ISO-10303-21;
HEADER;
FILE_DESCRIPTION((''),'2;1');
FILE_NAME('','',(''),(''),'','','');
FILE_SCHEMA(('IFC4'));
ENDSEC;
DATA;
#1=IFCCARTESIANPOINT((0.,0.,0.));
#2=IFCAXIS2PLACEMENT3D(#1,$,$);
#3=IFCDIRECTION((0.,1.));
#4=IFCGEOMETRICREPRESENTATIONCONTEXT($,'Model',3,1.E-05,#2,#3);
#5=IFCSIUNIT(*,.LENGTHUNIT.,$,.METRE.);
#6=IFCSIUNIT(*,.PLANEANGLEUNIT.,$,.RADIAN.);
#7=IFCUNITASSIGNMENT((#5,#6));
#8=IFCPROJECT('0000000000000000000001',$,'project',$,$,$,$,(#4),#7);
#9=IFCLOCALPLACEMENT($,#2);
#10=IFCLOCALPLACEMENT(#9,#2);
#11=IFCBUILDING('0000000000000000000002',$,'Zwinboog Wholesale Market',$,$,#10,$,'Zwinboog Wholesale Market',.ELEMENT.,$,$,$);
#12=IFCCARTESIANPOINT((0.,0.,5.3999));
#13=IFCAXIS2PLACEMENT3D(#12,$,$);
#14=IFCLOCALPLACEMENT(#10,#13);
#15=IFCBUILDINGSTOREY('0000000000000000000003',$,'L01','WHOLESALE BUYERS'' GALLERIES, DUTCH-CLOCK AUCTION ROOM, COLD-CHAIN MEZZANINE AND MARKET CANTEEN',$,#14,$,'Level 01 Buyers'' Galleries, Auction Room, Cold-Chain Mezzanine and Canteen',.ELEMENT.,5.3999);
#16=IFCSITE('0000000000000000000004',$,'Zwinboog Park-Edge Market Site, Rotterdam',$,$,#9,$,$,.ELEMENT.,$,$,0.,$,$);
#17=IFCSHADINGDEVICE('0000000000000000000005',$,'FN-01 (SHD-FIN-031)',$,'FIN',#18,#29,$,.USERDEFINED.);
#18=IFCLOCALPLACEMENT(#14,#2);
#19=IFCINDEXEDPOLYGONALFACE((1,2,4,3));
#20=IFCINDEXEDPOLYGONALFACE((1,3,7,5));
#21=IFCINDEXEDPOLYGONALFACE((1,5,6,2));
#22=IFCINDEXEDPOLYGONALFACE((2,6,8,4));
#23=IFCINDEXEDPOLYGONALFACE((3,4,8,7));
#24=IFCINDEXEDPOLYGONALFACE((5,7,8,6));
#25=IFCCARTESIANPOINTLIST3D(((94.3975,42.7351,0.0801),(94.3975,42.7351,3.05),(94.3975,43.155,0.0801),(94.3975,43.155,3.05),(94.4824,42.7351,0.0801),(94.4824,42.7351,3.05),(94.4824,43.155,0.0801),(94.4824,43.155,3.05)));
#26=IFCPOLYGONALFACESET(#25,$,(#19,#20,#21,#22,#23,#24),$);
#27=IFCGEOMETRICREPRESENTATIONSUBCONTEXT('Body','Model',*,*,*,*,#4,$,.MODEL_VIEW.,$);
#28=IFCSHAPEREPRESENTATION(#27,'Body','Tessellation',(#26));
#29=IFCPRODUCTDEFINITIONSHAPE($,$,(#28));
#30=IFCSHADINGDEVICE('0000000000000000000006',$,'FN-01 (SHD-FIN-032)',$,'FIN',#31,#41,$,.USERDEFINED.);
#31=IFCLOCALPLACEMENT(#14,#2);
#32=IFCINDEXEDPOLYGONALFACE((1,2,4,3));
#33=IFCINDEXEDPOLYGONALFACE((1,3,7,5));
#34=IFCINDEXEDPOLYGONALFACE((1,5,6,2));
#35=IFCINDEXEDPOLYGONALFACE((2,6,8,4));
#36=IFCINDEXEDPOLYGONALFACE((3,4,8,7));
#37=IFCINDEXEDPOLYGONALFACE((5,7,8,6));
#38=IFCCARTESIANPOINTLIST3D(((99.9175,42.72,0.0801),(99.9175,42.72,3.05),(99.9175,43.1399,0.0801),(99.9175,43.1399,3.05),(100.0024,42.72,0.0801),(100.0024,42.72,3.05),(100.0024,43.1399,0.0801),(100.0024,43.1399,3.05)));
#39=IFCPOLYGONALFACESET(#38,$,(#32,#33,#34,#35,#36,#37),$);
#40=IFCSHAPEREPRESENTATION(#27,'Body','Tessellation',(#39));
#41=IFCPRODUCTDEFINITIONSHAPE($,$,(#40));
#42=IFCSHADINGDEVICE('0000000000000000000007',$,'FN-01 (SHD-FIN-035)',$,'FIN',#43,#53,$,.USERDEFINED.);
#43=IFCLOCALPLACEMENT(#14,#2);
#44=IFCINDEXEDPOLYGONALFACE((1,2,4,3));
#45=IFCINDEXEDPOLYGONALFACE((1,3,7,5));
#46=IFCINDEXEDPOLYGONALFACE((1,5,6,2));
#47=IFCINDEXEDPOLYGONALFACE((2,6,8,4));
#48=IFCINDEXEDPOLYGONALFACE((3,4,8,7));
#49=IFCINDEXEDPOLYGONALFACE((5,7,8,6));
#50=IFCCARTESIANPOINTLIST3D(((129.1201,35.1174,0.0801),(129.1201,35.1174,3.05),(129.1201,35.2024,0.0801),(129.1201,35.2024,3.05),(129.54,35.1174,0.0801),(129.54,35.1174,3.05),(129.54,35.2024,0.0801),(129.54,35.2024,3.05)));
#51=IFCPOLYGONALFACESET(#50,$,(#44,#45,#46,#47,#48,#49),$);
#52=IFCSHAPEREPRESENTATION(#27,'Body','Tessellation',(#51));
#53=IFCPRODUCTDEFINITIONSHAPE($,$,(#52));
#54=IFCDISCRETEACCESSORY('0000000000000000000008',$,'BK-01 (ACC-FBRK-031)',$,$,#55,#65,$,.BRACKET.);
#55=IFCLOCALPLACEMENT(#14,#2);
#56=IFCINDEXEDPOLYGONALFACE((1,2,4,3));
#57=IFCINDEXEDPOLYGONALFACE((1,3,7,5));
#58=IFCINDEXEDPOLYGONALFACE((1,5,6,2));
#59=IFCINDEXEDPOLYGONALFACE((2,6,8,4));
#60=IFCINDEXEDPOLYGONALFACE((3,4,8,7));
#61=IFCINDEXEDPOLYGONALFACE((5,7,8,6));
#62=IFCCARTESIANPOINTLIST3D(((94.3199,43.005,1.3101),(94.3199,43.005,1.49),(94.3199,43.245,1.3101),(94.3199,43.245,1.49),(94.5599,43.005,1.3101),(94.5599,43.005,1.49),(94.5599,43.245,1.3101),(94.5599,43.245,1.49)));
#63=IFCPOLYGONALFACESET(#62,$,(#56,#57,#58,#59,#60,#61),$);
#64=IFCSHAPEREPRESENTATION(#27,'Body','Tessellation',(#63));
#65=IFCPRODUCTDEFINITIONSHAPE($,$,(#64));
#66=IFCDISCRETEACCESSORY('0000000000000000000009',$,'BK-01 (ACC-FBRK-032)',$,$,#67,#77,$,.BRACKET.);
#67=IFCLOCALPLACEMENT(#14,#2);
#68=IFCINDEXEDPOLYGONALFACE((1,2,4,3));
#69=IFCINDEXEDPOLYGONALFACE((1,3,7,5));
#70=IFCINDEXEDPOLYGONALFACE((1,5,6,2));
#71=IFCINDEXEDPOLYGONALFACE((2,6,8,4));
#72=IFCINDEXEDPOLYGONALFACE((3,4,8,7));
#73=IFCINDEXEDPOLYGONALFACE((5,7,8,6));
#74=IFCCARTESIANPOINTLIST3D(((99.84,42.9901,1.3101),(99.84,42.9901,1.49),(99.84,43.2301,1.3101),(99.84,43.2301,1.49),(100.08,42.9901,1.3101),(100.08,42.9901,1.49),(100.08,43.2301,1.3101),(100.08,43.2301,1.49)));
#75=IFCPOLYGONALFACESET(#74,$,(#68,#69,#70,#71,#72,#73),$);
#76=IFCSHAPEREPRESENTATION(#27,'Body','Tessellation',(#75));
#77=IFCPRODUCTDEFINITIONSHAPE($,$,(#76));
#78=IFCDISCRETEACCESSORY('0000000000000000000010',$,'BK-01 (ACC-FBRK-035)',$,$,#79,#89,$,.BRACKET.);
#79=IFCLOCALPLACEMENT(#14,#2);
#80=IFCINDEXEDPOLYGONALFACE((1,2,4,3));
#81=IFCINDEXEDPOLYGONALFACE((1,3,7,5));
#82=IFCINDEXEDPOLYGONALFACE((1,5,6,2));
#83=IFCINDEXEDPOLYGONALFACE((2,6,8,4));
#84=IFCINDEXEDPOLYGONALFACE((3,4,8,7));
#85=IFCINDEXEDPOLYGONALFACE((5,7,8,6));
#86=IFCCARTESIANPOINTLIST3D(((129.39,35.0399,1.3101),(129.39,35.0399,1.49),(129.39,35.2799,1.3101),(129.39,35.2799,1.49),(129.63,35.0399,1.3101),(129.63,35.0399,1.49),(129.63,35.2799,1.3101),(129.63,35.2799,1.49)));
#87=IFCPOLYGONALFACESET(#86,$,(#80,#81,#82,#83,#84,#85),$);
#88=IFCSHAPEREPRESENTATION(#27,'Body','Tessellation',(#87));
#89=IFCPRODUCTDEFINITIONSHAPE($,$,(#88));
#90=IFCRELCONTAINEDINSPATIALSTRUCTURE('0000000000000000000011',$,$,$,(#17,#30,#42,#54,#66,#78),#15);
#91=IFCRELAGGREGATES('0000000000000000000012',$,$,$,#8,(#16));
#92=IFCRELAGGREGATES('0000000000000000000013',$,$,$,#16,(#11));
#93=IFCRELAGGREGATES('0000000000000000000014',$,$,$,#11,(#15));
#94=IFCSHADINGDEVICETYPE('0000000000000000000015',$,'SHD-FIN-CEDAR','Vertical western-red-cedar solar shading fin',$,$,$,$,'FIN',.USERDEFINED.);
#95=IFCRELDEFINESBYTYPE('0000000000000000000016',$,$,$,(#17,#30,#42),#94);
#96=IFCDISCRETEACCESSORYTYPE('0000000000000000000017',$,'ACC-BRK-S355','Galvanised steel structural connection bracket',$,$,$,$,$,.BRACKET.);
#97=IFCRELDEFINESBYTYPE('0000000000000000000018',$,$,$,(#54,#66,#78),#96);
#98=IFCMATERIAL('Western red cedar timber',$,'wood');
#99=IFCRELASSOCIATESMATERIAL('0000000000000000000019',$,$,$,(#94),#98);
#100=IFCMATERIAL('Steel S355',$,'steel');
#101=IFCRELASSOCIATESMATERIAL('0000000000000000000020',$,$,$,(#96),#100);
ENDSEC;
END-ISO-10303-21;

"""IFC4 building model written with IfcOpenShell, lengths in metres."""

from ifc_helpers import new_model, si_unit, direction, frame, origin, origin_2d, place, context, subcontext, project, spatial, rectangle, extrude, material, type_object, element, save


model = new_model("IFC4")

# Units and contexts
model_context = context("Model", 3, precision=1e-05, world=origin(), true_north=direction((0.0, 1.0)))
body_context = subcontext(model_context, "Body", "Model", "MODEL_VIEW")
ifc_project = project(units=[si_unit("LENGTHUNIT", "METRE"), si_unit("PLANEANGLEUNIT", "RADIAN")], contexts=[model_context])

# Site, building, storey
site_placement = place(None, origin())
site = spatial("IfcSite", under=ifc_project, at=site_placement, Name="Zwinboog Park-Edge Market Site, Rotterdam", CompositionType="ELEMENT", RefElevation=0.0)
building_placement = place(site_placement, origin())
building = spatial("IfcBuilding", under=site, at=building_placement, Name="Zwinboog Wholesale Market", LongName="Zwinboog Wholesale Market", CompositionType="ELEMENT")
storey_placement = place(building_placement, frame((0.0, 0.0, 5.3999)))
storey = spatial("IfcBuildingStorey", under=building, at=storey_placement, Name="L01", Description="WHOLESALE BUYERS' GALLERIES, DUTCH-CLOCK AUCTION ROOM, COLD-CHAIN MEZZANINE AND MARKET CANTEEN", LongName="Level 01 Buyers' Galleries, Auction Room, Cold-Chain Mezzanine and Canteen", CompositionType="ELEMENT", Elevation=5.3999)

# Shading devices
ifc_material_1 = material(Name="Western red cedar timber", Category="wood")
shading_device_type = type_object("IfcShadingDeviceType", Name="SHD-FIN-CEDAR", Description="Vertical western-red-cedar solar shading fin", ElementType="FIN", PredefinedType="USERDEFINED", material=ifc_material_1)
for number, where, z_axis, x_axis, name in (
    (1, (94.4399, 42.9451, 0.0801), (0.0, 0.0, 1.0), (0.0, 1.0, 0.0), "FN-01 (SHD-FIN-031)"),
    (2, (99.96, 42.9299, 0.0801), (0.0, 0.0, 1.0), (0.0, 1.0, 0.0), "FN-01 (SHD-FIN-032)"),
    (3, (129.3301, 35.1599, 0.0801), (0.0, 0.0, 1.0), (1.0, 0.0, 0.0), "FN-01 (SHD-FIN-035)"),
):
    element("IfcShadingDevice", number, at=place(storey_placement, frame(where, z_axis=z_axis, x_axis=x_axis)), inside=storey, type_object=shading_device_type, Name=name, ObjectType="FIN", PredefinedType="USERDEFINED", context=body_context, shape_type="SweptSolid", body=[
        extrude(rectangle(XDim=0.4199, YDim=0.085, at=origin_2d()), origin(), (0.0, 0.0, 1.0), 2.97),
    ])

# Discrete accessories
ifc_material_2 = material(Name="Steel S355", Category="steel")
discrete_accessory_type = type_object("IfcDiscreteAccessoryType", Name="ACC-BRK-S355", Description="Galvanised steel structural connection bracket", PredefinedType="BRACKET", material=ifc_material_2)
for number, where, z_axis, x_axis, name in (
    (4, (94.4399, 43.125, 1.3101), (0.0, 0.0, 1.0), (1.0, 0.0, 0.0), "BK-01 (ACC-FBRK-031)"),
    (5, (99.96, 43.1101, 1.3101), (0.0, 0.0, 1.0), (1.0, 0.0, 0.0), "BK-01 (ACC-FBRK-032)"),
    (6, (129.51, 35.1599, 1.3101), (0.0, 0.0, 1.0), (1.0, 0.0, 0.0), "BK-01 (ACC-FBRK-035)"),
):
    element("IfcDiscreteAccessory", number, at=place(storey_placement, frame(where, z_axis=z_axis, x_axis=x_axis)), inside=storey, type_object=discrete_accessory_type, Name=name, PredefinedType="BRACKET", context=body_context, shape_type="SweptSolid", body=[
        extrude(rectangle(XDim=0.24, YDim=0.24, at=origin_2d()), origin(), (0.0, 0.0, 1.0), 0.1799),
    ])

save(model, "model.ifc")
